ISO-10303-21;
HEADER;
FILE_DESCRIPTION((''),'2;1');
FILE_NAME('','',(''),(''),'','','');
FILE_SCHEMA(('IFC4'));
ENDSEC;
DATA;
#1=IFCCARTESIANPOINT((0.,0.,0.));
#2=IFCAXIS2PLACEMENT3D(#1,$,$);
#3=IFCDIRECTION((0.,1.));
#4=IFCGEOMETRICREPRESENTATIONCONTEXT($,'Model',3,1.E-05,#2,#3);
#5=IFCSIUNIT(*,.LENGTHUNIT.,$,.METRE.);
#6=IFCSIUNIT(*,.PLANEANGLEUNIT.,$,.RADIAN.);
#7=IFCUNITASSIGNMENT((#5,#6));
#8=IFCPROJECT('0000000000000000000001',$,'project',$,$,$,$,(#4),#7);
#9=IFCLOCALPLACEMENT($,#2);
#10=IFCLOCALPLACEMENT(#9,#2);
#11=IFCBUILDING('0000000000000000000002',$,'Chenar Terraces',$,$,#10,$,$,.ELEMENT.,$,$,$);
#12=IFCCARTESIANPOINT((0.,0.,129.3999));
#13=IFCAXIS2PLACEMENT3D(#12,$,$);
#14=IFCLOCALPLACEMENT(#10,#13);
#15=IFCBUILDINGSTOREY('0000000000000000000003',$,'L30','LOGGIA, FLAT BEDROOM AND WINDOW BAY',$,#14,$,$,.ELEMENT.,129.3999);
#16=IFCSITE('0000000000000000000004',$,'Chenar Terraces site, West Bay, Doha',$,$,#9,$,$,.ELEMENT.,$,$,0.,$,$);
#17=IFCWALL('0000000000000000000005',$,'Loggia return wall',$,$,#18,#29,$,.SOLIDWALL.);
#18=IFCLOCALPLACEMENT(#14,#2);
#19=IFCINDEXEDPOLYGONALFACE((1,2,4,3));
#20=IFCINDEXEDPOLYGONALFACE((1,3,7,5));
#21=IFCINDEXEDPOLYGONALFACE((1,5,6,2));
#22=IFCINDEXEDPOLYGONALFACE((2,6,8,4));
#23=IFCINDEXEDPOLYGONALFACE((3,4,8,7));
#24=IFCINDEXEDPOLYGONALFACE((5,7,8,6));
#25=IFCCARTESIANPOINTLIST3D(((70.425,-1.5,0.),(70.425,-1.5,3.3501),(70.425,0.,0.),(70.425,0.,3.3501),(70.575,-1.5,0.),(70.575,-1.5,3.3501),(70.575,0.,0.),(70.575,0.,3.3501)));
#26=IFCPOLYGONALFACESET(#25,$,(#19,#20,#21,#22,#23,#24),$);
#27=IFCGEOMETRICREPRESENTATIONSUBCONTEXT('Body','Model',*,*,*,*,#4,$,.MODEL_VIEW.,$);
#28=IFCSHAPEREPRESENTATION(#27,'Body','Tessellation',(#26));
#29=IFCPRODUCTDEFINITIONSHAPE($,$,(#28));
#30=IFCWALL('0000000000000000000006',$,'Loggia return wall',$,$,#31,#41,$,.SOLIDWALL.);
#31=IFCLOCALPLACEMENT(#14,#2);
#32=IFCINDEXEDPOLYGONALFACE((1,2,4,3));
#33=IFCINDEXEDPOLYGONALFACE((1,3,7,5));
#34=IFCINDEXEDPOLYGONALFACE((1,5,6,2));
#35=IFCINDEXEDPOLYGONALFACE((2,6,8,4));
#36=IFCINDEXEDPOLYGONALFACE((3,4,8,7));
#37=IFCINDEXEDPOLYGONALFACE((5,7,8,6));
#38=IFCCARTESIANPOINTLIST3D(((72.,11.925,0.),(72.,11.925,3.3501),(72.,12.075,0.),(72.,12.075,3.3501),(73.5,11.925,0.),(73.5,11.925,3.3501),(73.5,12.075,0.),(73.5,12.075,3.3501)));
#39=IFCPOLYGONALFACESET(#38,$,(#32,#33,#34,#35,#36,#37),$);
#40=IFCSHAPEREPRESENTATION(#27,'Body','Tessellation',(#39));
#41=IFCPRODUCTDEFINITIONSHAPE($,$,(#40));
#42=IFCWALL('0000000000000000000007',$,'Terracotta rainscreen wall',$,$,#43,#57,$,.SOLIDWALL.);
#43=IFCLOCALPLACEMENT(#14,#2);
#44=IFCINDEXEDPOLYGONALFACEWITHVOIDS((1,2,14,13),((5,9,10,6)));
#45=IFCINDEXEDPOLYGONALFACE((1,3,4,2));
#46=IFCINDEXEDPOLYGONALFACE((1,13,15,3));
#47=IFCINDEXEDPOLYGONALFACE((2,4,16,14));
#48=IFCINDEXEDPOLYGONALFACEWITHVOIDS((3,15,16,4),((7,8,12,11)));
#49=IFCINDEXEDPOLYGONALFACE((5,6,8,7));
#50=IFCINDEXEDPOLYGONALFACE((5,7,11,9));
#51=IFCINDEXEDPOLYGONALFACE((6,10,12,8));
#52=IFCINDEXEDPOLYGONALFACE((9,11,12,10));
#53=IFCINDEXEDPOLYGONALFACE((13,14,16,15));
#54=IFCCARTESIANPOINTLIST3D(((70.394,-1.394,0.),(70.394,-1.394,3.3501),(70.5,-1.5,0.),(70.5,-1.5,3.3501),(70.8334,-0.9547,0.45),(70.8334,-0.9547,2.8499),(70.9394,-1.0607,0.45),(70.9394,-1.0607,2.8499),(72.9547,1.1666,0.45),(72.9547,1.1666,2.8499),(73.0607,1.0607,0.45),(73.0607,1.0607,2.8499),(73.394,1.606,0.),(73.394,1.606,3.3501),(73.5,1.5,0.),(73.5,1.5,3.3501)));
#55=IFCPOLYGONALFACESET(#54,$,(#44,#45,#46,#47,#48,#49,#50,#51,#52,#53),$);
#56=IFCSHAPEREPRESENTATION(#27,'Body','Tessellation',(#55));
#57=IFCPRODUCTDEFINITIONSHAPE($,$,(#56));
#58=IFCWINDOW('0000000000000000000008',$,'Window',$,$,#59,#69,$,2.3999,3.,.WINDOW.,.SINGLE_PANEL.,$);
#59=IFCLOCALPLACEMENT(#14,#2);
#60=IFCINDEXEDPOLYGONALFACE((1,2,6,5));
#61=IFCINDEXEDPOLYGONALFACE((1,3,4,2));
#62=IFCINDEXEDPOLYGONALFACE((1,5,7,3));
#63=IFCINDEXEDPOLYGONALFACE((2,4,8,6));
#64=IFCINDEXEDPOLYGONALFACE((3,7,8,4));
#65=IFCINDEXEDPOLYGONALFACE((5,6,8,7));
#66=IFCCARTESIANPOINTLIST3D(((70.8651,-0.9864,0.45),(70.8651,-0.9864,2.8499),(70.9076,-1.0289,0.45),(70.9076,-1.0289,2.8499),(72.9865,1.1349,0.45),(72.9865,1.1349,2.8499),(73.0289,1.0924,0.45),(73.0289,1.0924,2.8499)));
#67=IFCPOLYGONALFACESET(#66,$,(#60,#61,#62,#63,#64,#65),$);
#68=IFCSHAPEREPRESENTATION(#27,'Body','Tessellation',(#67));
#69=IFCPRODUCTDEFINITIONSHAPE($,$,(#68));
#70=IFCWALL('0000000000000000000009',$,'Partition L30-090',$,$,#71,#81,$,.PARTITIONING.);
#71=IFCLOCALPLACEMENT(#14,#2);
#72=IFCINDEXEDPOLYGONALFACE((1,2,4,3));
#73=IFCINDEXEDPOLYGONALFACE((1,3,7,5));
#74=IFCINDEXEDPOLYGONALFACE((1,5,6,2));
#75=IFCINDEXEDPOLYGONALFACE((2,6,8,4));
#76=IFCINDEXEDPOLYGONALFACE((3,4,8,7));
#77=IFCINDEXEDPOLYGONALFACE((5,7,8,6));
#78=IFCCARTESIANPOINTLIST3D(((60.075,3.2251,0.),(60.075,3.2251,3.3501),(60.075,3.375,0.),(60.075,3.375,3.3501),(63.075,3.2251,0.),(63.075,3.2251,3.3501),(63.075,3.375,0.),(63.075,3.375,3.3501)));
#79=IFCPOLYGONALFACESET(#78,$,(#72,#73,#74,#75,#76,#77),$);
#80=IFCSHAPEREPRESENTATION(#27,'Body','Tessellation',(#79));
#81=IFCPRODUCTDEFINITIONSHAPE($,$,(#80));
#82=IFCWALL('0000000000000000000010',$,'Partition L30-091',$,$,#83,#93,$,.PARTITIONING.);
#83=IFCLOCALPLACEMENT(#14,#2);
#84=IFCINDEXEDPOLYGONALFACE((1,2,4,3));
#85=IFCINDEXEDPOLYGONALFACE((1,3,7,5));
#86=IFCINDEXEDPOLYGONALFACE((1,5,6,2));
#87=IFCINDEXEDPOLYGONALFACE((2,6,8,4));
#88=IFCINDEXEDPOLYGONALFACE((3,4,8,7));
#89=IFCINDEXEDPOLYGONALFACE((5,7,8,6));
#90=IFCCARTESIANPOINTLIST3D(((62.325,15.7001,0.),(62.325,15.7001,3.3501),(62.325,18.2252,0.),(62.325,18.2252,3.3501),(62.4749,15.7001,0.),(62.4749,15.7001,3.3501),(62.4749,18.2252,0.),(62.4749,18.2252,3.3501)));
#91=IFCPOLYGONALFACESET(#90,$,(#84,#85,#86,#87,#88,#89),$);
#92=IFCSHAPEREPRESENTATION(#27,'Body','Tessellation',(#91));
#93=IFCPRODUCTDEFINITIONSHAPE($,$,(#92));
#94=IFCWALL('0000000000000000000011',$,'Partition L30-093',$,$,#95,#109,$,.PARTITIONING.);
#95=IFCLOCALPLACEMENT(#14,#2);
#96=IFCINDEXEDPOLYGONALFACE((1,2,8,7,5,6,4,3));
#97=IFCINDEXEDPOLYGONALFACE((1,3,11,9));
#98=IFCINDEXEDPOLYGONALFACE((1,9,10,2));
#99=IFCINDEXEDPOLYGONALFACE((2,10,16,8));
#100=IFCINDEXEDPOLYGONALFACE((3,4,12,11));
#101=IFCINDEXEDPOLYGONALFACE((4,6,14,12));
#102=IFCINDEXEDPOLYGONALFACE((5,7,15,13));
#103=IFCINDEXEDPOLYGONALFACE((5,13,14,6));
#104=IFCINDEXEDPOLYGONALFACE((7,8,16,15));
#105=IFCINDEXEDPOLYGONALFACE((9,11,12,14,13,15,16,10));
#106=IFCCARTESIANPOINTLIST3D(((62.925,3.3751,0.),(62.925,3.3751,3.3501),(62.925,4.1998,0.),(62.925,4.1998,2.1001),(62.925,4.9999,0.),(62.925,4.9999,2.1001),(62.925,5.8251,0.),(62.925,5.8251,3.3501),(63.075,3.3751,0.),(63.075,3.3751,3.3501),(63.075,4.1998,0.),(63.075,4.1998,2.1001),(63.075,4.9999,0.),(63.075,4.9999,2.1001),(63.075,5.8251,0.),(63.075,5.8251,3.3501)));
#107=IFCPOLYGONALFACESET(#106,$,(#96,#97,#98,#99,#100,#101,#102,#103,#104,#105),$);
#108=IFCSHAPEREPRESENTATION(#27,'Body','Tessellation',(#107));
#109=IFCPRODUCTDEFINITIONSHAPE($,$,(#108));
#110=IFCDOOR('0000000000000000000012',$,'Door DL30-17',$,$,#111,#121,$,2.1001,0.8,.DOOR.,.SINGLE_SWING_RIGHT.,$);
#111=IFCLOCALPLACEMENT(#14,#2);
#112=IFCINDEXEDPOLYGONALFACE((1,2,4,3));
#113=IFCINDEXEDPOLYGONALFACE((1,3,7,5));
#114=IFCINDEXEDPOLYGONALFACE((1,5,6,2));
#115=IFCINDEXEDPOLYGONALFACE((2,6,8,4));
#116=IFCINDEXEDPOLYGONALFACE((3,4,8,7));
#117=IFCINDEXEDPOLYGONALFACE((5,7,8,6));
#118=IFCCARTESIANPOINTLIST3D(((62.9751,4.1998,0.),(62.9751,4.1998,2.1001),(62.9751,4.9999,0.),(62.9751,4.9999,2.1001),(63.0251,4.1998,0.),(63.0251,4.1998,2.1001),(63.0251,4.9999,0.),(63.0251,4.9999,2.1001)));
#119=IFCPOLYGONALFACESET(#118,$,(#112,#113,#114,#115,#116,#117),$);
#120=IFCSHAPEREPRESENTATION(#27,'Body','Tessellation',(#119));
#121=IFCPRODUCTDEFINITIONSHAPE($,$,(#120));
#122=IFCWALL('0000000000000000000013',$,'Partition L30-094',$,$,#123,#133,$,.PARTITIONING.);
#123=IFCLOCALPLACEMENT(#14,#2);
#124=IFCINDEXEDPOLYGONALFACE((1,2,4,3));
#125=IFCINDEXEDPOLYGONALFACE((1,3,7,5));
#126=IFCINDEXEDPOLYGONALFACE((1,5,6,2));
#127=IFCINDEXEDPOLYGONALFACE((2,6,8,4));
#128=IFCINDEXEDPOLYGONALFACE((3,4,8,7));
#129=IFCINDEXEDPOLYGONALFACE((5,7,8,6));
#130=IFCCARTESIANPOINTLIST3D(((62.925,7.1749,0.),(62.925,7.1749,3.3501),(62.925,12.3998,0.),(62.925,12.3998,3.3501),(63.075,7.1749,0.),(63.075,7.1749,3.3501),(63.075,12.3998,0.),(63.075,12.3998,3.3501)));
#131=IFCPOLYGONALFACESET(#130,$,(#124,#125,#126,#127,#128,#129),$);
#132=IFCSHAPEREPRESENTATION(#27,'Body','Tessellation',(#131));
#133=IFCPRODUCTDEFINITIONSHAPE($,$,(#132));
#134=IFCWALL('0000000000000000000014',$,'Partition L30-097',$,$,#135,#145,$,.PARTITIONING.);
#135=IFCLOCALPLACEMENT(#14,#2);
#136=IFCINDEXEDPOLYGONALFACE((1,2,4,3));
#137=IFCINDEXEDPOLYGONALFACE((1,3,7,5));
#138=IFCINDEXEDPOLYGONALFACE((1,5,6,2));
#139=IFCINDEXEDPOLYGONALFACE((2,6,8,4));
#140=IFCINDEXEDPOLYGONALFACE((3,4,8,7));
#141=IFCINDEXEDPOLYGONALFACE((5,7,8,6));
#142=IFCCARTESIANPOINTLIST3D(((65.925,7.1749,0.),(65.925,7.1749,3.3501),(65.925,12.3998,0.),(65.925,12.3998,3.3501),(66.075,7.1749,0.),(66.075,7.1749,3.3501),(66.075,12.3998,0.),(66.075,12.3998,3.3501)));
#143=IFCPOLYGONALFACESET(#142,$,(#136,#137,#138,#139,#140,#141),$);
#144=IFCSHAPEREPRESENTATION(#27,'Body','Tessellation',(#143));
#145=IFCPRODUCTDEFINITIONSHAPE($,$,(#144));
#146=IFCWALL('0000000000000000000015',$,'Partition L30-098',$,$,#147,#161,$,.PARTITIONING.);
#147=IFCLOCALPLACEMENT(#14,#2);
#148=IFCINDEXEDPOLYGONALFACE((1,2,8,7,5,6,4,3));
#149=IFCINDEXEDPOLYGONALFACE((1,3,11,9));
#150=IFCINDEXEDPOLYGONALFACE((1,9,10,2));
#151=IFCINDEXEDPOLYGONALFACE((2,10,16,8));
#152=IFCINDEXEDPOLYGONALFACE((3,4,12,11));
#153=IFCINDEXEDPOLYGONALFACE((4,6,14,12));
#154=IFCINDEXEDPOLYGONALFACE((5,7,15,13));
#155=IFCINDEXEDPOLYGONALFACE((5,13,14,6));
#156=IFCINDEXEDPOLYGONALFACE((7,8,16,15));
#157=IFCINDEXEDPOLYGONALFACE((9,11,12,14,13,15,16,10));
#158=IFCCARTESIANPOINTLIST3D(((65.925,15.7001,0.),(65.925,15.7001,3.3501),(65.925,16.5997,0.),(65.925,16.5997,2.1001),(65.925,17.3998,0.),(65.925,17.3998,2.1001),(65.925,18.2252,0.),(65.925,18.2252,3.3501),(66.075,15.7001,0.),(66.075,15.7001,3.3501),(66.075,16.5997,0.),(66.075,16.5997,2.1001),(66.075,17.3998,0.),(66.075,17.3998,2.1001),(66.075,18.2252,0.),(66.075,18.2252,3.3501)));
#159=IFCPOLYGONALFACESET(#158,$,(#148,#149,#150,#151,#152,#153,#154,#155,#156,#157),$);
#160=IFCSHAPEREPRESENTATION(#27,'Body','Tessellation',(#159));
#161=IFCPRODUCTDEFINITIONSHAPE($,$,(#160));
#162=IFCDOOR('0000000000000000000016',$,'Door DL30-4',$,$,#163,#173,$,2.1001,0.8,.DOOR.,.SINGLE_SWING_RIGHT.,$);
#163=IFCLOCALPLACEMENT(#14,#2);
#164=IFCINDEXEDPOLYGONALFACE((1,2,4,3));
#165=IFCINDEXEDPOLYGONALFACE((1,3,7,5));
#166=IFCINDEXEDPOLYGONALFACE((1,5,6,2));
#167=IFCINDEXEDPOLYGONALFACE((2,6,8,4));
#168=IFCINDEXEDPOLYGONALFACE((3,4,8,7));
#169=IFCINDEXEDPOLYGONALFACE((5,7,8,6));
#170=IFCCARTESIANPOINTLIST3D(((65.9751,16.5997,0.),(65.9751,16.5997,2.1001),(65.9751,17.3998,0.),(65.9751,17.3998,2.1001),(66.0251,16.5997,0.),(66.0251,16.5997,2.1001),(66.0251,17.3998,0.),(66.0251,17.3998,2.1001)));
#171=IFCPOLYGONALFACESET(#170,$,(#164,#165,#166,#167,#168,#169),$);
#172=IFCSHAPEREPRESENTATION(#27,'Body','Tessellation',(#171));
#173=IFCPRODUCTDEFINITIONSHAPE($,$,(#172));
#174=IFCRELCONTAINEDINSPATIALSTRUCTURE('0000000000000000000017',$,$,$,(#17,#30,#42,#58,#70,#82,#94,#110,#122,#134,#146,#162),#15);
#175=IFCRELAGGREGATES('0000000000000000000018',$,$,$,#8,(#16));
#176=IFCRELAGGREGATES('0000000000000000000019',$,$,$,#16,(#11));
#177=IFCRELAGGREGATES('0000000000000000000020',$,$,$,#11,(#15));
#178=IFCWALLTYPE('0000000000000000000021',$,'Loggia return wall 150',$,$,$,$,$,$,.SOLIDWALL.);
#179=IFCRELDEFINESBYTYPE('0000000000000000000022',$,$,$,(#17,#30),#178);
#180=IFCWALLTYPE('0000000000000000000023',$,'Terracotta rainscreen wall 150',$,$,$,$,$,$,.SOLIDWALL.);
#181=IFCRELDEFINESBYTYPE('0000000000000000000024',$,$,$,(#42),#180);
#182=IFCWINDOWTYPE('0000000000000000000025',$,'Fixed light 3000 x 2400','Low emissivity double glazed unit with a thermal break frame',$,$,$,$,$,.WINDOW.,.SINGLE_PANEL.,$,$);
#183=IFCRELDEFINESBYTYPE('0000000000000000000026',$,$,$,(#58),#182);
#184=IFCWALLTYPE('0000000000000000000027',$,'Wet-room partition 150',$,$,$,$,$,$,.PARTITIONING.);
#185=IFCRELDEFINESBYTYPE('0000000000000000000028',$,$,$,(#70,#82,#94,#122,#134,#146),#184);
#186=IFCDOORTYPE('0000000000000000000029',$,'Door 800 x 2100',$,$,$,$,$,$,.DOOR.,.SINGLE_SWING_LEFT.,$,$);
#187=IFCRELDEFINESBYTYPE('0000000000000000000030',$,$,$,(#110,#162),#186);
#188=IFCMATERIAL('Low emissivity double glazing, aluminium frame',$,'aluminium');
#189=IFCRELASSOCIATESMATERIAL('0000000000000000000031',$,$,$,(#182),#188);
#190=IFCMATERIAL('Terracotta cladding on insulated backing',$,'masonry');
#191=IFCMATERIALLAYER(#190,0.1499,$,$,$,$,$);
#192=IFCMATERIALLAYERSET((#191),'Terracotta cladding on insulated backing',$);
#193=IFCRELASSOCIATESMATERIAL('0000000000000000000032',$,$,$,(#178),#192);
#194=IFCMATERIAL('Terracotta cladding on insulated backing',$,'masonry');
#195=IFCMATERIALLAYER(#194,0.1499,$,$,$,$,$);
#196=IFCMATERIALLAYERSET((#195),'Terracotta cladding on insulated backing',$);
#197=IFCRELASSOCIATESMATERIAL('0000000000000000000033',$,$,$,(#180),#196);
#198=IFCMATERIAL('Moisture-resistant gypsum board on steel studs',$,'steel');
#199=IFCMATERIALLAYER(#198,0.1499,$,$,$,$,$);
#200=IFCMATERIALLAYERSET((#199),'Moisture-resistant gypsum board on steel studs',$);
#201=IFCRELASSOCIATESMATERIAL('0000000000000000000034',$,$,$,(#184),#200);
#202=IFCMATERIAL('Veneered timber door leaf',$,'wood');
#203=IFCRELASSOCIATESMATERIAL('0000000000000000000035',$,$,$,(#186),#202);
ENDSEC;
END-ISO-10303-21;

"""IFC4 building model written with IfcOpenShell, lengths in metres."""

from ifc_helpers import new_model, si_unit, direction, frame, frame_2d, origin, place, context, subcontext, project, spatial, rectangle, extrude, material, layer, layer_set, type_object, element, fill, save


model = new_model("IFC4")

# Units and contexts
model_context = context("Model", 3, precision=1e-05, world=origin(), true_north=direction((0.0, 1.0)))
body_context = subcontext(model_context, "Body", "Model", "MODEL_VIEW")
ifc_project = project(units=[si_unit("LENGTHUNIT", "METRE"), si_unit("PLANEANGLEUNIT", "RADIAN")], contexts=[model_context])

# Site, building, storey
site_placement = place(None, origin())
site = spatial("IfcSite", under=ifc_project, at=site_placement, Name="Chenar Terraces site, West Bay, Doha", CompositionType="ELEMENT", RefElevation=0.0)
building_placement = place(site_placement, origin())
building = spatial("IfcBuilding", under=site, at=building_placement, Name="Chenar Terraces", CompositionType="ELEMENT")
storey_placement = place(building_placement, frame((0.0, 0.0, 129.3999)))
storey = spatial("IfcBuildingStorey", under=building, at=storey_placement, Name="L30", Description="LOGGIA, FLAT BEDROOM AND WINDOW BAY", CompositionType="ELEMENT", Elevation=129.3999)

# Shared definitions
ifc_material_1 = material(Name="Low emissivity double glazing, aluminium frame", Category="aluminium")
window_type_1 = type_object("IfcWindowType", Name="Fixed light 3000 x 2400", Description="Low emissivity double glazed unit with a thermal break frame", PartitioningType="SINGLE_PANEL", PredefinedType="WINDOW", material=ifc_material_1)

# Walls
ifc_material_2 = material(Name="Terracotta cladding on insulated backing", Category="masonry")
ifc_layer_1 = layer(ifc_material_2, 0.1499)
ifc_layer_set_1 = layer_set([ifc_layer_1], Name="Terracotta cladding on insulated backing")
wall_type_1 = type_object("IfcWallType", Name="Loggia return wall 150", PredefinedType="SOLIDWALL", material=ifc_layer_set_1)
for number, where, z_axis, x_axis, name in (
    (1, (70.5, -1.5, 0.0), (0.0, 0.0, 1.0), (0.0, 1.0, 0.0), "Loggia return wall"),
    (2, (73.5, 12.0, 0.0), (0.0, 0.0, 1.0), (-1.0, 0.0, 0.0), "Loggia return wall"),
):
    element("IfcWall", number, at=place(storey_placement, frame(where, z_axis=z_axis, x_axis=x_axis)), inside=storey, type_object=wall_type_1, Name=name, PredefinedType="SOLIDWALL", context=body_context, shape_type="SweptSolid", body=[
        extrude(rectangle(XDim=1.5, YDim=0.1499, at=frame_2d((0.75, 0.0))), origin(), (0.0, 0.0, 1.0), 3.3501),
    ])

# Wall, opening, window
ifc_material_3 = material(Name="Terracotta cladding on insulated backing", Category="masonry")
ifc_layer_2 = layer(ifc_material_3, 0.1499)
ifc_layer_set_2 = layer_set([ifc_layer_2], Name="Terracotta cladding on insulated backing")
wall_type_2 = type_object("IfcWallType", Name="Terracotta rainscreen wall 150", PredefinedType="SOLIDWALL", material=ifc_layer_set_2)
wall_1_placement = place(storey_placement, frame((70.447, -1.447, 0.0), z_axis=(0.0, 0.0, 1.0), x_axis=(0.707107, 0.707107, 0.0)))
wall_1 = element("IfcWall", 3, at=wall_1_placement, inside=storey, type_object=wall_type_2, Name="Terracotta rainscreen wall", PredefinedType="SOLIDWALL", context=body_context, shape_type="SweptSolid", body=[
    extrude(rectangle(XDim=4.2427, YDim=0.1499, at=frame_2d((2.1213, 0.0))), origin(), (0.0, 0.0, 1.0), 3.3501),
])
opening_1_placement = place(wall_1_placement, frame((0.6213, 0.0, 0.45)))
opening_1 = element("IfcOpeningElement", 4, at=opening_1_placement, cuts=wall_1, PredefinedType="OPENING", context=body_context, shape_type="SweptSolid", body=[
    extrude(rectangle(XDim=3.0, YDim=2.3999, at=frame_2d((1.5, 1.2))), frame((0.0, 0.085, 0.0), z_axis=(0.0, -1.0, 0.0), x_axis=(1.0, 0.0, 0.0)), (0.0, 0.0, 1.0), 0.1699),
])
window_1_placement = place(opening_1_placement, origin())
window_1 = element("IfcWindow", 5, at=window_1_placement, inside=storey, type_object=window_type_1, Name="Window", OverallHeight=2.3999, OverallWidth=3.0, PartitioningType="SINGLE_PANEL", PredefinedType="WINDOW", context=body_context, shape_type="SweptSolid", body=[
    extrude(rectangle(XDim=3.0, YDim=2.3999, at=frame_2d((1.5, 1.2))), frame((0.0, 0.03, 0.0), z_axis=(0.0, -1.0, 0.0), x_axis=(1.0, 0.0, 0.0)), (0.0, 0.0, 1.0), 0.0601),
])
fill(opening_1, window_1)

# Walls
ifc_material_4 = material(Name="Moisture-resistant gypsum board on steel studs", Category="steel")
ifc_layer_3 = layer(ifc_material_4, 0.1499)
ifc_layer_set_3 = layer_set([ifc_layer_3], Name="Moisture-resistant gypsum board on steel studs")
wall_type_3 = type_object("IfcWallType", Name="Wet-room partition 150", PredefinedType="PARTITIONING", material=ifc_layer_set_3)
wall_2_placement = place(storey_placement, frame((60.075, 3.3, 0.0), z_axis=(0.0, 0.0, 1.0), x_axis=(1.0, 0.0, 0.0)))
element("IfcWall", 6, at=wall_2_placement, inside=storey, type_object=wall_type_3, Name="Partition L30-090", PredefinedType="PARTITIONING", context=body_context, shape_type="SweptSolid", body=[
    extrude(rectangle(XDim=3.0, YDim=0.1499, at=frame_2d((1.5, 0.0))), origin(), (0.0, 0.0, 1.0), 3.3501),
])
wall_3_placement = place(storey_placement, frame((62.3999, 15.7, 0.0), z_axis=(0.0, 0.0, 1.0), x_axis=(0.0, 1.0, 0.0)))
element("IfcWall", 7, at=wall_3_placement, inside=storey, type_object=wall_type_3, Name="Partition L30-091", PredefinedType="PARTITIONING", context=body_context, shape_type="SweptSolid", body=[
    extrude(rectangle(XDim=2.5251, YDim=0.1499, at=frame_2d((1.2627, 0.0))), origin(), (0.0, 0.0, 1.0), 3.3501),
])

# Wall, opening, door
wall_4_placement = place(storey_placement, frame((63.0, 3.375, 0.0), z_axis=(0.0, 0.0, 1.0), x_axis=(0.0, 1.0, 0.0)))
wall_4 = element("IfcWall", 8, at=wall_4_placement, inside=storey, type_object=wall_type_3, Name="Partition L30-093", PredefinedType="PARTITIONING", context=body_context, shape_type="SweptSolid", body=[
    extrude(rectangle(XDim=2.45, YDim=0.1499, at=frame_2d((1.2251, 0.0))), origin(), (0.0, 0.0, 1.0), 3.3501),
])
opening_2_placement = place(wall_4_placement, frame((0.825, 0.0, 0.0)))
opening_2 = element("IfcOpeningElement", 9, at=opening_2_placement, cuts=wall_4, PredefinedType="OPENING", context=body_context, shape_type="SweptSolid", body=[
    extrude(rectangle(XDim=0.8, YDim=2.1001, at=frame_2d((0.3999, 1.05))), frame((0.0, 0.085, 0.0), z_axis=(0.0, -1.0, 0.0), x_axis=(1.0, 0.0, 0.0)), (0.0, 0.0, 1.0), 0.1699),
])
ifc_material_5 = material(Name="Veneered timber door leaf", Category="wood")
door_type_1 = type_object("IfcDoorType", Name="Door 800 x 2100", OperationType="SINGLE_SWING_LEFT", PredefinedType="DOOR", material=ifc_material_5)
door_1_placement = place(opening_2_placement, origin())
door_1 = element("IfcDoor", 10, at=door_1_placement, inside=storey, type_object=door_type_1, Name="Door DL30-17", OperationType="SINGLE_SWING_RIGHT", OverallHeight=2.1001, OverallWidth=0.8, PredefinedType="DOOR", context=body_context, shape_type="SweptSolid", body=[
    extrude(rectangle(XDim=0.8, YDim=2.1001, at=frame_2d((0.3999, 1.05))), frame((0.0, 0.0249, 0.0), z_axis=(0.0, -1.0, 0.0), x_axis=(1.0, 0.0, 0.0)), (0.0, 0.0, 1.0), 0.05),
])
fill(opening_2, door_1)

# Walls
for number, where, z_axis, x_axis, name in (
    (11, (63.0, 7.175, 0.0), (0.0, 0.0, 1.0), (0.0, 1.0, 0.0), "Partition L30-094"),
    (12, (66.0, 7.175, 0.0), (0.0, 0.0, 1.0), (0.0, 1.0, 0.0), "Partition L30-097"),
):
    element("IfcWall", number, at=place(storey_placement, frame(where, z_axis=z_axis, x_axis=x_axis)), inside=storey, type_object=wall_type_3, Name=name, PredefinedType="PARTITIONING", context=body_context, shape_type="SweptSolid", body=[
        extrude(rectangle(XDim=5.2249, YDim=0.1499, at=frame_2d((2.6123, 0.0))), origin(), (0.0, 0.0, 1.0), 3.3501),
    ])

# Wall, opening, door
wall_5_placement = place(storey_placement, frame((66.0, 15.7, 0.0), z_axis=(0.0, 0.0, 1.0), x_axis=(0.0, 1.0, 0.0)))
wall_5 = element("IfcWall", 13, at=wall_5_placement, inside=storey, type_object=wall_type_3, Name="Partition L30-098", PredefinedType="PARTITIONING", context=body_context, shape_type="SweptSolid", body=[
    extrude(rectangle(XDim=2.5251, YDim=0.1499, at=frame_2d((1.2627, 0.0))), origin(), (0.0, 0.0, 1.0), 3.3501),
])
opening_3_placement = place(wall_5_placement, frame((0.8999, 0.0, 0.0)))
opening_3 = element("IfcOpeningElement", 14, at=opening_3_placement, cuts=wall_5, PredefinedType="OPENING", context=body_context, shape_type="SweptSolid", body=[
    extrude(rectangle(XDim=0.8, YDim=2.1001, at=frame_2d((0.3999, 1.05))), frame((0.0, 0.085, 0.0), z_axis=(0.0, -1.0, 0.0), x_axis=(1.0, 0.0, 0.0)), (0.0, 0.0, 1.0), 0.1699),
])
door_2_placement = place(opening_3_placement, origin())
door_2 = element("IfcDoor", 15, at=door_2_placement, inside=storey, type_object=door_type_1, Name="Door DL30-4", OperationType="SINGLE_SWING_RIGHT", OverallHeight=2.1001, OverallWidth=0.8, PredefinedType="DOOR", context=body_context, shape_type="SweptSolid", body=[
    extrude(rectangle(XDim=0.8, YDim=2.1001, at=frame_2d((0.3999, 1.05))), frame((0.0, 0.0249, 0.0), z_axis=(0.0, -1.0, 0.0), x_axis=(1.0, 0.0, 0.0)), (0.0, 0.0, 1.0), 0.05),
])
fill(opening_3, door_2)

save(model, "model.ifc")
